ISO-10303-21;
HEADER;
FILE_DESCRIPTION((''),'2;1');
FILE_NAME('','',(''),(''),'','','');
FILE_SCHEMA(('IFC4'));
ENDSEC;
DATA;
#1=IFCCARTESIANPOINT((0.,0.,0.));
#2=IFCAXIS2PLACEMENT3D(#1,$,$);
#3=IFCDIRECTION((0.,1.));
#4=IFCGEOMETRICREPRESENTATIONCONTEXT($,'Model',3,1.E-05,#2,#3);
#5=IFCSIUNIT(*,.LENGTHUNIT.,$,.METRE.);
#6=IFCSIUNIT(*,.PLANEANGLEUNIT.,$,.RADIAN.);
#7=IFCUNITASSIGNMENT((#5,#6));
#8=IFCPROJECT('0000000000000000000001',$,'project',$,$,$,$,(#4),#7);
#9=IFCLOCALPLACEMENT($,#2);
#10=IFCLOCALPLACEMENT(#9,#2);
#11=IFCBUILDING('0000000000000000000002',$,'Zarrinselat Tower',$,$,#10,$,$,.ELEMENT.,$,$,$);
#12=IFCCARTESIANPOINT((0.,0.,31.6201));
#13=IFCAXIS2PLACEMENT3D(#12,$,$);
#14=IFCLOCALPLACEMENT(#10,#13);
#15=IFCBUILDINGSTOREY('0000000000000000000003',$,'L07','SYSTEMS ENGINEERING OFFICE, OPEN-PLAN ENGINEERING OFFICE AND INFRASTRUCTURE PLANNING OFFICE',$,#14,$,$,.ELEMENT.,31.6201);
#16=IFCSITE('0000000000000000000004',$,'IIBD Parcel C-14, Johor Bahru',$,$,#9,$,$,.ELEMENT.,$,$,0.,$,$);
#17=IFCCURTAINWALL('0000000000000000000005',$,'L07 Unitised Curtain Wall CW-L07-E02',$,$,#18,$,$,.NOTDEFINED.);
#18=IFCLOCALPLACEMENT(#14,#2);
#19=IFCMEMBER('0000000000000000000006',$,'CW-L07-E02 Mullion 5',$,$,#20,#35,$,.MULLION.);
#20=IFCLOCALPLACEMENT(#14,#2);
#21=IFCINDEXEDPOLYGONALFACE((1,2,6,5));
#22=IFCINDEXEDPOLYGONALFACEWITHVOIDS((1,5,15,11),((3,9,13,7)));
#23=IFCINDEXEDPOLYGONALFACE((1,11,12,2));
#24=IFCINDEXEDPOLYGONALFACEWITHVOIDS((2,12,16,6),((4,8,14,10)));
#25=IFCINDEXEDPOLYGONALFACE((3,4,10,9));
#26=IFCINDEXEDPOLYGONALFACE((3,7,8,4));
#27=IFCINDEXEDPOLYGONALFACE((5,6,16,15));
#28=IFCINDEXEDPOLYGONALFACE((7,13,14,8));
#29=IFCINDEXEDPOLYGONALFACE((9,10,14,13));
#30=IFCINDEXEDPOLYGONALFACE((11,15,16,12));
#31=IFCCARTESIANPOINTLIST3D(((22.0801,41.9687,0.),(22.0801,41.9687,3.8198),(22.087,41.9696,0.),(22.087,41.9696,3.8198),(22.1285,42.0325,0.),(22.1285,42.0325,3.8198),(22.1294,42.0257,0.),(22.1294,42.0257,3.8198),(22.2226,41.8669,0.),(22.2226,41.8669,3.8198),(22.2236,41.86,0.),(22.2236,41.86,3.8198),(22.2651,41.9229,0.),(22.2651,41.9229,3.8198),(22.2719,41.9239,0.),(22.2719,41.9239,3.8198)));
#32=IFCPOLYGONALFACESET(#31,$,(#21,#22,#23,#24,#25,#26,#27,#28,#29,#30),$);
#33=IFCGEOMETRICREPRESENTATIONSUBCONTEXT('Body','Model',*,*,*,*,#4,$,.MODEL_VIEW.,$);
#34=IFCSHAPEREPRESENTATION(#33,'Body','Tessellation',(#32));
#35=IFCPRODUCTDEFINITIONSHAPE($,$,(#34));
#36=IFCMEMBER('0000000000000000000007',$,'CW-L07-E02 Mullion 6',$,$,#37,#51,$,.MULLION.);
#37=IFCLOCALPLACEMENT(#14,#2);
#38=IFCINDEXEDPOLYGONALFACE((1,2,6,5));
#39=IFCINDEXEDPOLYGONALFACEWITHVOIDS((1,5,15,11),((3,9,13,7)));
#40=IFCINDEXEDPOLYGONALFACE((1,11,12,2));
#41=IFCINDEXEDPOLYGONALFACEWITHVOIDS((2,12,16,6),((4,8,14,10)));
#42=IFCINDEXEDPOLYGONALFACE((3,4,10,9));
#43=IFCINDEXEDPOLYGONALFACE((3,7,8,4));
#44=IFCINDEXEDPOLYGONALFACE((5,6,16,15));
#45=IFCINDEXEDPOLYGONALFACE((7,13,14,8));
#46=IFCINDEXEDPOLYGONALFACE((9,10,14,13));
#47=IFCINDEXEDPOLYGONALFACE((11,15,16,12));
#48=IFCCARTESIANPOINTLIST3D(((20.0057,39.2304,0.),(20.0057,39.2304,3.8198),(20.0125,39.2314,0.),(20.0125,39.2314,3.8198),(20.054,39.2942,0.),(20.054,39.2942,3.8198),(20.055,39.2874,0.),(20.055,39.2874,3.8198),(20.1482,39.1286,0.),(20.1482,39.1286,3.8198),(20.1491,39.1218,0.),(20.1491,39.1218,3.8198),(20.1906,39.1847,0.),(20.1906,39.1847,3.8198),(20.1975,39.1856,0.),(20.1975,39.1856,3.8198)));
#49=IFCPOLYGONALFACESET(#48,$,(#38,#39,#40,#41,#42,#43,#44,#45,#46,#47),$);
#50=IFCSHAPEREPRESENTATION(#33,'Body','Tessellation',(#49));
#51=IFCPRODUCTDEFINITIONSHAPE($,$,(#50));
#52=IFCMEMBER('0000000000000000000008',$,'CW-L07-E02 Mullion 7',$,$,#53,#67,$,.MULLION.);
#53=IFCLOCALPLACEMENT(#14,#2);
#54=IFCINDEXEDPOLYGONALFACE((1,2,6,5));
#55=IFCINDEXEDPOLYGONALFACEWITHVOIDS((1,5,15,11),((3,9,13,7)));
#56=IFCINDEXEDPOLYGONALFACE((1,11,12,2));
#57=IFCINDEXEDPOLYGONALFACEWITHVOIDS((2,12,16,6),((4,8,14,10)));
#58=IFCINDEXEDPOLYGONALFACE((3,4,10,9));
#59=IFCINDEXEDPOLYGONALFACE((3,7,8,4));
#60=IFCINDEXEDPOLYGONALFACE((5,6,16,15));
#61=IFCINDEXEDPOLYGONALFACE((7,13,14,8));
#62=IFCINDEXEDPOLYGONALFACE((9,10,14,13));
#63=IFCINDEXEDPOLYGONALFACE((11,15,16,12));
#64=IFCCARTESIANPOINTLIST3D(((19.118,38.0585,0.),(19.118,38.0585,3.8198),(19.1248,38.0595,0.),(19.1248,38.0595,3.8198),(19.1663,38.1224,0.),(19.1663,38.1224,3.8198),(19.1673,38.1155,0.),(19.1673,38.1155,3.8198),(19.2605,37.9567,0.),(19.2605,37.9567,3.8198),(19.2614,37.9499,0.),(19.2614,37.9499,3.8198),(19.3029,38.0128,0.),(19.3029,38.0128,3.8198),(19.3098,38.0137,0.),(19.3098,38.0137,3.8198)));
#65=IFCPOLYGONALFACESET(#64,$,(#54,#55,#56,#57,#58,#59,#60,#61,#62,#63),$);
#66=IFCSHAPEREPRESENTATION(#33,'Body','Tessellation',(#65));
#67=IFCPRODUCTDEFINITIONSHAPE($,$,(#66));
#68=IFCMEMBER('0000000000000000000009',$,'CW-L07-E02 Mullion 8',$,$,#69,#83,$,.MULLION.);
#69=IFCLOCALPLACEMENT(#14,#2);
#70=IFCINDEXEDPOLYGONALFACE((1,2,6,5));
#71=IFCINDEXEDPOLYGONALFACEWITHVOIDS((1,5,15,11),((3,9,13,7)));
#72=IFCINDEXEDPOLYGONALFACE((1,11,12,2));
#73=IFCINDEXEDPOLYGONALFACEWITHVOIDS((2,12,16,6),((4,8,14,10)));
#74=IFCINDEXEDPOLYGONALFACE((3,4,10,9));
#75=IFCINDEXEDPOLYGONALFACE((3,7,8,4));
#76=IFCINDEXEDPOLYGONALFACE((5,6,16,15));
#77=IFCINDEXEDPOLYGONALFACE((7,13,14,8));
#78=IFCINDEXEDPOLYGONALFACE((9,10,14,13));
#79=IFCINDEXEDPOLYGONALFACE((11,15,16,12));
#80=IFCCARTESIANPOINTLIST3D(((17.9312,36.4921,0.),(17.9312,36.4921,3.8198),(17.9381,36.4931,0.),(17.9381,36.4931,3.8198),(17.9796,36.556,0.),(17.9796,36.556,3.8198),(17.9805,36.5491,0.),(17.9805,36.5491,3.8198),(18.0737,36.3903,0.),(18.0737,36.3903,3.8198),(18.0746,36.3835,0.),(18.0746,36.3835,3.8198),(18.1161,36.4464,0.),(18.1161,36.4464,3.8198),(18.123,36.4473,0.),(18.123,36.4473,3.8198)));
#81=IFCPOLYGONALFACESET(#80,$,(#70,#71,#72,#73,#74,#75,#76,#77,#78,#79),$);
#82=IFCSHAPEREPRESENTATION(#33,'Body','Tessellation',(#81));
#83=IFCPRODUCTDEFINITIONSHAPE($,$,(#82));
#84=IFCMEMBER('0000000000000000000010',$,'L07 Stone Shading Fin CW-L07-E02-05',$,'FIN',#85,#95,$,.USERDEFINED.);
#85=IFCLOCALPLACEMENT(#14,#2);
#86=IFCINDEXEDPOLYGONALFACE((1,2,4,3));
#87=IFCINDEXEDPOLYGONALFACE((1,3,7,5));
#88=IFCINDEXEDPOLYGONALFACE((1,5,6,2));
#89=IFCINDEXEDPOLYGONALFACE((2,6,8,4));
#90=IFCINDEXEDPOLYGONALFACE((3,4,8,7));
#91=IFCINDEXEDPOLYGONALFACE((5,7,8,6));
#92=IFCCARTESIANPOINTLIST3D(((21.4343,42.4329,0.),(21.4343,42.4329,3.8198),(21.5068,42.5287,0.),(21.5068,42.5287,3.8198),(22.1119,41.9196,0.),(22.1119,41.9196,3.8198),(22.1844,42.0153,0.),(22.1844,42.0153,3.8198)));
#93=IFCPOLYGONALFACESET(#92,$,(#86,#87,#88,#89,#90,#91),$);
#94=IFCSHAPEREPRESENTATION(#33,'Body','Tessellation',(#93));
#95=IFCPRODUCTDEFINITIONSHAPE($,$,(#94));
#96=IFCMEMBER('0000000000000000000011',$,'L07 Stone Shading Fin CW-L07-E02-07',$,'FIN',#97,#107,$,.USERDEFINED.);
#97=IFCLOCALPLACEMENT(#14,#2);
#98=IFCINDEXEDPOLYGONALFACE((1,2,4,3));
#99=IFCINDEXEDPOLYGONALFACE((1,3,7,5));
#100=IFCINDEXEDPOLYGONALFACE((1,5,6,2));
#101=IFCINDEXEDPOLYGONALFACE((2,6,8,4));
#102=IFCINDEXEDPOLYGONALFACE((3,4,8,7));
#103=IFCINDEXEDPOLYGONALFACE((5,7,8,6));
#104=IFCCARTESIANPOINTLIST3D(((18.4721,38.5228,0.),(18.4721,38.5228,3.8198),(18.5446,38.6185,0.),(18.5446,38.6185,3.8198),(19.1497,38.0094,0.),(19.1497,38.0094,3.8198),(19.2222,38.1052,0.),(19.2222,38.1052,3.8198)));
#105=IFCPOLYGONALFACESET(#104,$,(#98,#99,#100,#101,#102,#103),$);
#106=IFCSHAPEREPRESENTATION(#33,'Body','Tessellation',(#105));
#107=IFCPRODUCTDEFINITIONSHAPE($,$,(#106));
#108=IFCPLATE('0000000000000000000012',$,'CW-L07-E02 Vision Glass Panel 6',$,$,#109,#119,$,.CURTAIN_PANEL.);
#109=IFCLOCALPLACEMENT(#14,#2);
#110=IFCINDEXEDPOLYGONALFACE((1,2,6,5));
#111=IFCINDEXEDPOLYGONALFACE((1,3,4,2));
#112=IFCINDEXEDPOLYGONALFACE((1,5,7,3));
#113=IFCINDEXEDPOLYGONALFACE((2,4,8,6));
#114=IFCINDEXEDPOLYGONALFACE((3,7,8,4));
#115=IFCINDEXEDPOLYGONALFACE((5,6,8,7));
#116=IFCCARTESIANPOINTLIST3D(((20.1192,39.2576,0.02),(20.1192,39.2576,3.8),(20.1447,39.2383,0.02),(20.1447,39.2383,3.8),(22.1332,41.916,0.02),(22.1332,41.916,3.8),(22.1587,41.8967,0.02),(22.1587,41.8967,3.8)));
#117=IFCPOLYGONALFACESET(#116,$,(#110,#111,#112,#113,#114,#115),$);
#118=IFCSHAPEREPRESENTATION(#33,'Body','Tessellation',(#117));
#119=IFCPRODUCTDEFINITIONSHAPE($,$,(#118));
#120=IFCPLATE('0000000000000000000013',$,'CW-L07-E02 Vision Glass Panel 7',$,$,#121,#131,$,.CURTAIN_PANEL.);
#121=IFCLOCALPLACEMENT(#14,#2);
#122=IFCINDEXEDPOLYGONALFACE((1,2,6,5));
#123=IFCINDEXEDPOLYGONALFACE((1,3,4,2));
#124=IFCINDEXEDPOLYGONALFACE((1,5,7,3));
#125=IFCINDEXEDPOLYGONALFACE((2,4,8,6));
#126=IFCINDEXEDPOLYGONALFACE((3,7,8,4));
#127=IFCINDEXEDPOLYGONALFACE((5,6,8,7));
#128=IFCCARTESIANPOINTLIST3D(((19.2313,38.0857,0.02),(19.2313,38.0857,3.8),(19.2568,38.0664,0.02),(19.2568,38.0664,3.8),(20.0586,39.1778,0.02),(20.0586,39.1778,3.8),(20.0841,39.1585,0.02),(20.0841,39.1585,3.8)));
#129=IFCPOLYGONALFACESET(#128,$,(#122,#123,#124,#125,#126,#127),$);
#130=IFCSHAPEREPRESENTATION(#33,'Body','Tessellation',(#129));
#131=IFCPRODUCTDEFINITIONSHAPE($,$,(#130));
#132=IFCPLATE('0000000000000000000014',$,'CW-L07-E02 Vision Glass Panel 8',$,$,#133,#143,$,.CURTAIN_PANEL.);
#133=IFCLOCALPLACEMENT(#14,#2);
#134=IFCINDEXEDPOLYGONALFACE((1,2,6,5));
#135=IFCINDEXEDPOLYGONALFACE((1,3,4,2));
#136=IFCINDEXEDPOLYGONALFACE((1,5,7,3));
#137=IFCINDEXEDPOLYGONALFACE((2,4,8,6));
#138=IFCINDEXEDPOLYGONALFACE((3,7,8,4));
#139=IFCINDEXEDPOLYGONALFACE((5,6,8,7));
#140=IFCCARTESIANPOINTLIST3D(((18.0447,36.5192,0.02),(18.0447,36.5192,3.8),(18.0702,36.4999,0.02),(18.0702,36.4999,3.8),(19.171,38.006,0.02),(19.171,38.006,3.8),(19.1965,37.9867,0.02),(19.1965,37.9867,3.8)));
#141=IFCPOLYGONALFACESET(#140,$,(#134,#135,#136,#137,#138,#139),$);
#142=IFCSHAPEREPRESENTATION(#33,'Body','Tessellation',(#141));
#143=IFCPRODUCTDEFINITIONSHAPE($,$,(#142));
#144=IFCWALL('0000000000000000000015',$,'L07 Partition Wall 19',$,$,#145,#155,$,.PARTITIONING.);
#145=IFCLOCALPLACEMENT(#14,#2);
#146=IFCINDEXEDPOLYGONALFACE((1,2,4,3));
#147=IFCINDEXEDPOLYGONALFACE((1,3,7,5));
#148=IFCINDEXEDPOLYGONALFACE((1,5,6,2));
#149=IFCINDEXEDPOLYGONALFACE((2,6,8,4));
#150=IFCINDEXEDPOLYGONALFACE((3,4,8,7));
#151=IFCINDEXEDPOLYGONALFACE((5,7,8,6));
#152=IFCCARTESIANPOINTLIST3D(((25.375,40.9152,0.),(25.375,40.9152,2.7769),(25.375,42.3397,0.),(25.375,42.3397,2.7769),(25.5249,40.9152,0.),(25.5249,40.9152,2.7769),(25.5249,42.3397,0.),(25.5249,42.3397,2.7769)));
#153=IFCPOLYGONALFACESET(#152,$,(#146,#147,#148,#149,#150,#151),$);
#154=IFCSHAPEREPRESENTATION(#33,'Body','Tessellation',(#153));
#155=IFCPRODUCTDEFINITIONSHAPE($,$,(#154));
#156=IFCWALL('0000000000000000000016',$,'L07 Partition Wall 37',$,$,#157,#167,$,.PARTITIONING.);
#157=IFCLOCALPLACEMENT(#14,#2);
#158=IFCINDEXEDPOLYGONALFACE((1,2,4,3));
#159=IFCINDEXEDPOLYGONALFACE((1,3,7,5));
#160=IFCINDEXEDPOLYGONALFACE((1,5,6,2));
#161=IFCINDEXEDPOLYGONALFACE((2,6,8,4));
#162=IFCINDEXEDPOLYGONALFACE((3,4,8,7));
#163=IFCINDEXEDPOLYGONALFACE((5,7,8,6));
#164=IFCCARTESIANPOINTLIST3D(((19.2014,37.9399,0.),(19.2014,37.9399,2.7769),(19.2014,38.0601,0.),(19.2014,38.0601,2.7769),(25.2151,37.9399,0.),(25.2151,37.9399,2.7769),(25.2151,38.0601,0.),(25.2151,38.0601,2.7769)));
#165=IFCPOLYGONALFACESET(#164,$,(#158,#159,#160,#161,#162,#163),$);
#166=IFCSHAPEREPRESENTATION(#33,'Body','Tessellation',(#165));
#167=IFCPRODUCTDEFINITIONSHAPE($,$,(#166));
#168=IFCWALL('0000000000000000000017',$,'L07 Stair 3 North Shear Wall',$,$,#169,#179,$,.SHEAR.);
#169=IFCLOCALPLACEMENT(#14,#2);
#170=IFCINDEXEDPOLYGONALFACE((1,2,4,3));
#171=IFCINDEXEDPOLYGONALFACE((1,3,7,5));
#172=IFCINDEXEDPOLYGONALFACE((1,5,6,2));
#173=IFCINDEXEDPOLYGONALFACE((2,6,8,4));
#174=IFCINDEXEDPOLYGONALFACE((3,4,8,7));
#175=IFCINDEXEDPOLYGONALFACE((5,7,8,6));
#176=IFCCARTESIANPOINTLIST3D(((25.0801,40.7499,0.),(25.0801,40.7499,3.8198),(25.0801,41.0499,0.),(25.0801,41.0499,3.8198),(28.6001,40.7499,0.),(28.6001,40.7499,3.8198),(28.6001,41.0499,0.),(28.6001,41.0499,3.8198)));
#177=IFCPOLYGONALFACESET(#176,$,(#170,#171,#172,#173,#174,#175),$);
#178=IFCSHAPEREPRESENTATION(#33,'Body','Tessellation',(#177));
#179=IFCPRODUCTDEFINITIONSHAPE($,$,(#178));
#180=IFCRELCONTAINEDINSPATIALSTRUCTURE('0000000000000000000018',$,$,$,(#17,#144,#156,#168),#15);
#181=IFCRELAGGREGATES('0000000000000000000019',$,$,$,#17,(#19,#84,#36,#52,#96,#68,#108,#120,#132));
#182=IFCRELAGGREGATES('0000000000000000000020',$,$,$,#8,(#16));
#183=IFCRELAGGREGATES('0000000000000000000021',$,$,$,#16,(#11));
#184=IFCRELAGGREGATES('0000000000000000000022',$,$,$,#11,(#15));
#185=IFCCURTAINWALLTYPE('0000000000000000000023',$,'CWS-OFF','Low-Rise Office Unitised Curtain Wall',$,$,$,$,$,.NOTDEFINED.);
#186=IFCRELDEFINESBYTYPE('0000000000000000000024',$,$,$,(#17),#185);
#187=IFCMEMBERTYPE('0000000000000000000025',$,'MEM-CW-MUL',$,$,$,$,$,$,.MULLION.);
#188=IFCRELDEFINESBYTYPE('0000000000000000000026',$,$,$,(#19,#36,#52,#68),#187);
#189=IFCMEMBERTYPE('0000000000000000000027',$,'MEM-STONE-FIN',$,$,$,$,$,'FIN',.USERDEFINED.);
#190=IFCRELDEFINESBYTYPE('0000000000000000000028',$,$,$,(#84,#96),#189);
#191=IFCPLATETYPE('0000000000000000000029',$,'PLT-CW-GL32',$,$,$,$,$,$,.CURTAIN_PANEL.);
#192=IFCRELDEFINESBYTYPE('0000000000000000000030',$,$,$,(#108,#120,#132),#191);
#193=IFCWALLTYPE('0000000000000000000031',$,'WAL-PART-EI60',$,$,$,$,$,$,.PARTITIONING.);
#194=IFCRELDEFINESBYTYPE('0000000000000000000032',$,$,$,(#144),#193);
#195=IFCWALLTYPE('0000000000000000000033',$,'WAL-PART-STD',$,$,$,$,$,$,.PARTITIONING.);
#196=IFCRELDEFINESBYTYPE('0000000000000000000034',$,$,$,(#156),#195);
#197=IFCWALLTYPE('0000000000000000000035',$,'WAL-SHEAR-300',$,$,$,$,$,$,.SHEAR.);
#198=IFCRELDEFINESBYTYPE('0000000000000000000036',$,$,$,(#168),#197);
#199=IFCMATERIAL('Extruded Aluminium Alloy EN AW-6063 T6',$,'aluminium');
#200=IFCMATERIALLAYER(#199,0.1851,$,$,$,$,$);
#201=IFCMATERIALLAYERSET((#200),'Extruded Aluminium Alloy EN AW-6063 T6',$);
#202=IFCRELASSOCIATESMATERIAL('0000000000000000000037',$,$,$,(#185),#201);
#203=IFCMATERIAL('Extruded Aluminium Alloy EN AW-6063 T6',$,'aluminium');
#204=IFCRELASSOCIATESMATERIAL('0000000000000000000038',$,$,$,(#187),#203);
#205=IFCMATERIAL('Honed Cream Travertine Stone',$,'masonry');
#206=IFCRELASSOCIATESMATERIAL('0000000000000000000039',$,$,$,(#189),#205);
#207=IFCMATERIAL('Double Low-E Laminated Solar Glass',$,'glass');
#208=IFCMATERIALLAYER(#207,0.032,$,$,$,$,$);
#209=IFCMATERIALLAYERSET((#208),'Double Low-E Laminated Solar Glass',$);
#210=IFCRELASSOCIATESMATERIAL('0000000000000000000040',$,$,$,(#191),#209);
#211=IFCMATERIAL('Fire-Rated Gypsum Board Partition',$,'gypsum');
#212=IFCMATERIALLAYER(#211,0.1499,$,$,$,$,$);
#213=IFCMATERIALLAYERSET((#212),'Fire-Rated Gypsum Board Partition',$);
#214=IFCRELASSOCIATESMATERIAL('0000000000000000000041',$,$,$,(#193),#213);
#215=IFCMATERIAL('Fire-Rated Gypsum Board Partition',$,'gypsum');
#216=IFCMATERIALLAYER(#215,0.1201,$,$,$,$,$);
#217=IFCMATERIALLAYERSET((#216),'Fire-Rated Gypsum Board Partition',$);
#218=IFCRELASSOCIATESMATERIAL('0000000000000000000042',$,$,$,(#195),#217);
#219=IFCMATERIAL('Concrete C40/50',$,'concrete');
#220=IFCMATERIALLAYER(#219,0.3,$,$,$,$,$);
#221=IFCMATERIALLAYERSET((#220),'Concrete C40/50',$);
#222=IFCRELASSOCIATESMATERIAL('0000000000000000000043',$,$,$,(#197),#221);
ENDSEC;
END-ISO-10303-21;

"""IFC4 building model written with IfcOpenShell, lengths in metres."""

from ifc_helpers import new_model, si_unit, direction, frame, frame_2d, origin, origin_2d, place, context, subcontext, project, spatial, rectangle, hollow_rectangle, extrude, material, layer, layer_set, material_profile, profile_set, type_object, element, aggregate, save


model = new_model("IFC4")

# Units and contexts
model_context = context("Model", 3, precision=1e-05, world=origin(), true_north=direction((0.0, 1.0)))
body_context = subcontext(model_context, "Body", "Model", "MODEL_VIEW")
ifc_project = project(units=[si_unit("LENGTHUNIT", "METRE"), si_unit("PLANEANGLEUNIT", "RADIAN")], contexts=[model_context])

# Site, building, storey
site_placement = place(None, origin())
site = spatial("IfcSite", under=ifc_project, at=site_placement, Name="IIBD Parcel C-14, Johor Bahru", CompositionType="ELEMENT", RefElevation=0.0)
building_placement = place(site_placement, origin())
building = spatial("IfcBuilding", under=site, at=building_placement, Name="Zarrinselat Tower", CompositionType="ELEMENT")
storey_placement = place(building_placement, frame((0.0, 0.0, 31.6201)))
storey = spatial("IfcBuildingStorey", under=building, at=storey_placement, Name="L07", Description="SYSTEMS ENGINEERING OFFICE, OPEN-PLAN ENGINEERING OFFICE AND INFRASTRUCTURE PLANNING OFFICE", CompositionType="ELEMENT", Elevation=31.6201)

# Curtain wall, members, plates
ifc_material_1 = material(Name="Extruded Aluminium Alloy EN AW-6063 T6", Category="aluminium")
ifc_layer_1 = layer(ifc_material_1, 0.1851)
ifc_layer_set_1 = layer_set([ifc_layer_1], Name="Extruded Aluminium Alloy EN AW-6063 T6")
curtain_wall_type = type_object("IfcCurtainWallType", Name="CWS-OFF", Description="Low-Rise Office Unitised Curtain Wall", PredefinedType="NOTDEFINED", material=ifc_layer_set_1)
curtain_wall_placement = place(storey_placement, origin())
curtain_wall = element("IfcCurtainWall", 1, at=curtain_wall_placement, inside=storey, type_object=curtain_wall_type, Name="L07 Unitised Curtain Wall CW-L07-E02", PredefinedType="NOTDEFINED")
ifc_material_2 = material(Name="Extruded Aluminium Alloy EN AW-6063 T6", Category="aluminium")
ifc_material_profile_1 = material_profile(ifc_material_2, hollow_rectangle(XDim=0.0801, YDim=0.1799, WallThickness=0.0049, at=origin_2d()), Name="RHS 180x80x5")
ifc_profile_set_1 = profile_set([ifc_material_profile_1], Name="Extruded Aluminium Alloy EN AW-6063 T6")
member_type_1 = type_object("IfcMemberType", Name="MEM-CW-MUL", PredefinedType="MULLION", material=ifc_profile_set_1)
member_1_placement = place(storey_placement, frame((22.176, 41.9463, 0.0), z_axis=(0.0, 0.0, 1.0), x_axis=(-0.603859, -0.797091, 0.0)))
member_1 = element("IfcMember", 2, at=member_1_placement, type_object=member_type_1, Name="CW-L07-E02 Mullion 5", PredefinedType="MULLION", context=body_context, shape_type="SweptSolid", body=[
    extrude(hollow_rectangle(XDim=0.0801, YDim=0.1799, WallThickness=0.0049, at=origin_2d()), origin(), (0.0, 0.0, 1.0), 3.8198),
])
member_2_placement = place(storey_placement, frame((20.1016, 39.208, 0.0), z_axis=(0.0, 0.0, 1.0), x_axis=(-0.603859, -0.797091, 0.0)))
member_2 = element("IfcMember", 3, at=member_2_placement, type_object=member_type_1, Name="CW-L07-E02 Mullion 6", PredefinedType="MULLION", context=body_context, shape_type="SweptSolid", body=[
    extrude(hollow_rectangle(XDim=0.0801, YDim=0.1799, WallThickness=0.0049, at=origin_2d()), origin(), (0.0, 0.0, 1.0), 3.8198),
])
member_3_placement = place(storey_placement, frame((19.2139, 38.0361, 0.0), z_axis=(0.0, 0.0, 1.0), x_axis=(-0.603859, -0.797091, 0.0)))
member_3 = element("IfcMember", 4, at=member_3_placement, type_object=member_type_1, Name="CW-L07-E02 Mullion 7", PredefinedType="MULLION", context=body_context, shape_type="SweptSolid", body=[
    extrude(hollow_rectangle(XDim=0.0801, YDim=0.1799, WallThickness=0.0049, at=origin_2d()), origin(), (0.0, 0.0, 1.0), 3.8198),
])
member_4_placement = place(storey_placement, frame((18.0271, 36.4697, 0.0), z_axis=(0.0, 0.0, 1.0), x_axis=(-0.603859, -0.797091, 0.0)))
member_4 = element("IfcMember", 5, at=member_4_placement, type_object=member_type_1, Name="CW-L07-E02 Mullion 8", PredefinedType="MULLION", context=body_context, shape_type="SweptSolid", body=[
    extrude(hollow_rectangle(XDim=0.0801, YDim=0.1799, WallThickness=0.0049, at=origin_2d()), origin(), (0.0, 0.0, 1.0), 3.8198),
])
ifc_material_3 = material(Name="Honed Cream Travertine Stone", Category="masonry")
ifc_material_profile_2 = material_profile(ifc_material_3, rectangle(XDim=0.1201, YDim=0.8501, at=origin_2d()), Name="FIN 850x120")
ifc_profile_set_2 = profile_set([ifc_material_profile_2], Name="Honed Cream Travertine Stone")
member_type_2 = type_object("IfcMemberType", Name="MEM-STONE-FIN", ElementType="FIN", PredefinedType="USERDEFINED", material=ifc_profile_set_2)
member_5_placement = place(storey_placement, frame((21.8093, 42.2241, 0.0), z_axis=(0.0, 0.0, 1.0), x_axis=(0.603859, 0.797091, 0.0)))
member_5 = element("IfcMember", 6, at=member_5_placement, type_object=member_type_2, Name="L07 Stone Shading Fin CW-L07-E02-05", ObjectType="FIN", PredefinedType="USERDEFINED", context=body_context, shape_type="SweptSolid", body=[
    extrude(rectangle(XDim=0.1201, YDim=0.8501, at=origin_2d()), origin(), (0.0, 0.0, 1.0), 3.8198),
])
member_6_placement = place(storey_placement, frame((18.8472, 38.314, 0.0), z_axis=(0.0, 0.0, 1.0), x_axis=(0.603859, 0.797091, 0.0)))
member_6 = element("IfcMember", 7, at=member_6_placement, type_object=member_type_2, Name="L07 Stone Shading Fin CW-L07-E02-07", ObjectType="FIN", PredefinedType="USERDEFINED", context=body_context, shape_type="SweptSolid", body=[
    extrude(rectangle(XDim=0.1201, YDim=0.8501, at=origin_2d()), origin(), (0.0, 0.0, 1.0), 3.8198),
])
ifc_material_4 = material(Name="Double Low-E Laminated Solar Glass", Category="glass")
ifc_layer_2 = layer(ifc_material_4, 0.032)
ifc_layer_set_2 = layer_set([ifc_layer_2], Name="Double Low-E Laminated Solar Glass")
plate_type = type_object("IfcPlateType", Name="PLT-CW-GL32", PredefinedType="CURTAIN_PANEL", material=ifc_layer_set_2)
plate_1_placement = place(storey_placement, frame((21.1389, 40.5771, 0.02), z_axis=(0.0, 0.0, 1.0), x_axis=(-0.603859, -0.797091, 0.0)))
plate_1 = element("IfcPlate", 8, at=plate_1_placement, type_object=plate_type, Name="CW-L07-E02 Vision Glass Panel 6", PredefinedType="CURTAIN_PANEL", context=body_context, shape_type="SweptSolid", body=[
    extrude(rectangle(XDim=3.3352, YDim=0.032, at=origin_2d()), origin(), (0.0, 0.0, 1.0), 3.78),
])
plate_2_placement = place(storey_placement, frame((19.6577, 38.6221, 0.02), z_axis=(0.0, 0.0, 1.0), x_axis=(-0.603859, -0.797091, 0.0)))
plate_2 = element("IfcPlate", 9, at=plate_2_placement, type_object=plate_type, Name="CW-L07-E02 Vision Glass Panel 7", PredefinedType="CURTAIN_PANEL", context=body_context, shape_type="SweptSolid", body=[
    extrude(rectangle(XDim=1.3701, YDim=0.032, at=origin_2d()), origin(), (0.0, 0.0, 1.0), 3.78),
])
plate_3_placement = place(storey_placement, frame((18.6206, 37.2529, 0.02), z_axis=(0.0, 0.0, 1.0), x_axis=(-0.603859, -0.797091, 0.0)))
plate_3 = element("IfcPlate", 10, at=plate_3_placement, type_object=plate_type, Name="CW-L07-E02 Vision Glass Panel 8", PredefinedType="CURTAIN_PANEL", context=body_context, shape_type="SweptSolid", body=[
    extrude(rectangle(XDim=1.8652, YDim=0.032, at=origin_2d()), origin(), (0.0, 0.0, 1.0), 3.78),
])
aggregate(curtain_wall, [member_1, member_5, member_2, member_3, member_6, member_4, plate_1, plate_2, plate_3])

# Walls
ifc_material_5 = material(Name="Fire-Rated Gypsum Board Partition", Category="gypsum")
ifc_layer_3 = layer(ifc_material_5, 0.1499)
ifc_layer_set_3 = layer_set([ifc_layer_3], Name="Fire-Rated Gypsum Board Partition")
wall_type_1 = type_object("IfcWallType", Name="WAL-PART-EI60", PredefinedType="PARTITIONING", material=ifc_layer_set_3)
wall_1_placement = place(storey_placement, frame((25.45, 40.915, 0.0), z_axis=(0.0, 0.0, 1.0), x_axis=(0.0, 1.0, 0.0)))
element("IfcWall", 11, at=wall_1_placement, inside=storey, type_object=wall_type_1, Name="L07 Partition Wall 19", PredefinedType="PARTITIONING", context=body_context, shape_type="SweptSolid", body=[
    extrude(rectangle(XDim=1.4246, YDim=0.1499, at=frame_2d((0.7124, 0.0))), origin(), (0.0, 0.0, 1.0), 2.7769),
])
ifc_material_6 = material(Name="Fire-Rated Gypsum Board Partition", Category="gypsum")
ifc_layer_4 = layer(ifc_material_6, 0.1201)
ifc_layer_set_4 = layer_set([ifc_layer_4], Name="Fire-Rated Gypsum Board Partition")
wall_type_2 = type_object("IfcWallType", Name="WAL-PART-STD", PredefinedType="PARTITIONING", material=ifc_layer_set_4)
wall_2_placement = place(storey_placement, frame((19.2014, 38.0, 0.0), z_axis=(0.0, 0.0, 1.0), x_axis=(1.0, 0.0, 0.0)))
element("IfcWall", 12, at=wall_2_placement, inside=storey, type_object=wall_type_2, Name="L07 Partition Wall 37", PredefinedType="PARTITIONING", context=body_context, shape_type="SweptSolid", body=[
    extrude(rectangle(XDim=6.0137, YDim=0.1201, at=frame_2d((3.0068, 0.0))), origin(), (0.0, 0.0, 1.0), 2.7769),
])
ifc_material_7 = material(Name="Concrete C40/50", Category="concrete")
ifc_layer_5 = layer(ifc_material_7, 0.3)
ifc_layer_set_5 = layer_set([ifc_layer_5], Name="Concrete C40/50")
wall_type_3 = type_object("IfcWallType", Name="WAL-SHEAR-300", PredefinedType="SHEAR", material=ifc_layer_set_5)
wall_3_placement = place(storey_placement, frame((25.0801, 40.8999, 0.0), z_axis=(0.0, 0.0, 1.0), x_axis=(1.0, 0.0, 0.0)))
element("IfcWall", 13, at=wall_3_placement, inside=storey, type_object=wall_type_3, Name="L07 Stair 3 North Shear Wall", PredefinedType="SHEAR", context=body_context, shape_type="SweptSolid", body=[
    extrude(rectangle(XDim=3.52, YDim=0.3, at=frame_2d((1.76, 0.0))), origin(), (0.0, 0.0, 1.0), 3.8198),
])

save(model, "model.ifc")
